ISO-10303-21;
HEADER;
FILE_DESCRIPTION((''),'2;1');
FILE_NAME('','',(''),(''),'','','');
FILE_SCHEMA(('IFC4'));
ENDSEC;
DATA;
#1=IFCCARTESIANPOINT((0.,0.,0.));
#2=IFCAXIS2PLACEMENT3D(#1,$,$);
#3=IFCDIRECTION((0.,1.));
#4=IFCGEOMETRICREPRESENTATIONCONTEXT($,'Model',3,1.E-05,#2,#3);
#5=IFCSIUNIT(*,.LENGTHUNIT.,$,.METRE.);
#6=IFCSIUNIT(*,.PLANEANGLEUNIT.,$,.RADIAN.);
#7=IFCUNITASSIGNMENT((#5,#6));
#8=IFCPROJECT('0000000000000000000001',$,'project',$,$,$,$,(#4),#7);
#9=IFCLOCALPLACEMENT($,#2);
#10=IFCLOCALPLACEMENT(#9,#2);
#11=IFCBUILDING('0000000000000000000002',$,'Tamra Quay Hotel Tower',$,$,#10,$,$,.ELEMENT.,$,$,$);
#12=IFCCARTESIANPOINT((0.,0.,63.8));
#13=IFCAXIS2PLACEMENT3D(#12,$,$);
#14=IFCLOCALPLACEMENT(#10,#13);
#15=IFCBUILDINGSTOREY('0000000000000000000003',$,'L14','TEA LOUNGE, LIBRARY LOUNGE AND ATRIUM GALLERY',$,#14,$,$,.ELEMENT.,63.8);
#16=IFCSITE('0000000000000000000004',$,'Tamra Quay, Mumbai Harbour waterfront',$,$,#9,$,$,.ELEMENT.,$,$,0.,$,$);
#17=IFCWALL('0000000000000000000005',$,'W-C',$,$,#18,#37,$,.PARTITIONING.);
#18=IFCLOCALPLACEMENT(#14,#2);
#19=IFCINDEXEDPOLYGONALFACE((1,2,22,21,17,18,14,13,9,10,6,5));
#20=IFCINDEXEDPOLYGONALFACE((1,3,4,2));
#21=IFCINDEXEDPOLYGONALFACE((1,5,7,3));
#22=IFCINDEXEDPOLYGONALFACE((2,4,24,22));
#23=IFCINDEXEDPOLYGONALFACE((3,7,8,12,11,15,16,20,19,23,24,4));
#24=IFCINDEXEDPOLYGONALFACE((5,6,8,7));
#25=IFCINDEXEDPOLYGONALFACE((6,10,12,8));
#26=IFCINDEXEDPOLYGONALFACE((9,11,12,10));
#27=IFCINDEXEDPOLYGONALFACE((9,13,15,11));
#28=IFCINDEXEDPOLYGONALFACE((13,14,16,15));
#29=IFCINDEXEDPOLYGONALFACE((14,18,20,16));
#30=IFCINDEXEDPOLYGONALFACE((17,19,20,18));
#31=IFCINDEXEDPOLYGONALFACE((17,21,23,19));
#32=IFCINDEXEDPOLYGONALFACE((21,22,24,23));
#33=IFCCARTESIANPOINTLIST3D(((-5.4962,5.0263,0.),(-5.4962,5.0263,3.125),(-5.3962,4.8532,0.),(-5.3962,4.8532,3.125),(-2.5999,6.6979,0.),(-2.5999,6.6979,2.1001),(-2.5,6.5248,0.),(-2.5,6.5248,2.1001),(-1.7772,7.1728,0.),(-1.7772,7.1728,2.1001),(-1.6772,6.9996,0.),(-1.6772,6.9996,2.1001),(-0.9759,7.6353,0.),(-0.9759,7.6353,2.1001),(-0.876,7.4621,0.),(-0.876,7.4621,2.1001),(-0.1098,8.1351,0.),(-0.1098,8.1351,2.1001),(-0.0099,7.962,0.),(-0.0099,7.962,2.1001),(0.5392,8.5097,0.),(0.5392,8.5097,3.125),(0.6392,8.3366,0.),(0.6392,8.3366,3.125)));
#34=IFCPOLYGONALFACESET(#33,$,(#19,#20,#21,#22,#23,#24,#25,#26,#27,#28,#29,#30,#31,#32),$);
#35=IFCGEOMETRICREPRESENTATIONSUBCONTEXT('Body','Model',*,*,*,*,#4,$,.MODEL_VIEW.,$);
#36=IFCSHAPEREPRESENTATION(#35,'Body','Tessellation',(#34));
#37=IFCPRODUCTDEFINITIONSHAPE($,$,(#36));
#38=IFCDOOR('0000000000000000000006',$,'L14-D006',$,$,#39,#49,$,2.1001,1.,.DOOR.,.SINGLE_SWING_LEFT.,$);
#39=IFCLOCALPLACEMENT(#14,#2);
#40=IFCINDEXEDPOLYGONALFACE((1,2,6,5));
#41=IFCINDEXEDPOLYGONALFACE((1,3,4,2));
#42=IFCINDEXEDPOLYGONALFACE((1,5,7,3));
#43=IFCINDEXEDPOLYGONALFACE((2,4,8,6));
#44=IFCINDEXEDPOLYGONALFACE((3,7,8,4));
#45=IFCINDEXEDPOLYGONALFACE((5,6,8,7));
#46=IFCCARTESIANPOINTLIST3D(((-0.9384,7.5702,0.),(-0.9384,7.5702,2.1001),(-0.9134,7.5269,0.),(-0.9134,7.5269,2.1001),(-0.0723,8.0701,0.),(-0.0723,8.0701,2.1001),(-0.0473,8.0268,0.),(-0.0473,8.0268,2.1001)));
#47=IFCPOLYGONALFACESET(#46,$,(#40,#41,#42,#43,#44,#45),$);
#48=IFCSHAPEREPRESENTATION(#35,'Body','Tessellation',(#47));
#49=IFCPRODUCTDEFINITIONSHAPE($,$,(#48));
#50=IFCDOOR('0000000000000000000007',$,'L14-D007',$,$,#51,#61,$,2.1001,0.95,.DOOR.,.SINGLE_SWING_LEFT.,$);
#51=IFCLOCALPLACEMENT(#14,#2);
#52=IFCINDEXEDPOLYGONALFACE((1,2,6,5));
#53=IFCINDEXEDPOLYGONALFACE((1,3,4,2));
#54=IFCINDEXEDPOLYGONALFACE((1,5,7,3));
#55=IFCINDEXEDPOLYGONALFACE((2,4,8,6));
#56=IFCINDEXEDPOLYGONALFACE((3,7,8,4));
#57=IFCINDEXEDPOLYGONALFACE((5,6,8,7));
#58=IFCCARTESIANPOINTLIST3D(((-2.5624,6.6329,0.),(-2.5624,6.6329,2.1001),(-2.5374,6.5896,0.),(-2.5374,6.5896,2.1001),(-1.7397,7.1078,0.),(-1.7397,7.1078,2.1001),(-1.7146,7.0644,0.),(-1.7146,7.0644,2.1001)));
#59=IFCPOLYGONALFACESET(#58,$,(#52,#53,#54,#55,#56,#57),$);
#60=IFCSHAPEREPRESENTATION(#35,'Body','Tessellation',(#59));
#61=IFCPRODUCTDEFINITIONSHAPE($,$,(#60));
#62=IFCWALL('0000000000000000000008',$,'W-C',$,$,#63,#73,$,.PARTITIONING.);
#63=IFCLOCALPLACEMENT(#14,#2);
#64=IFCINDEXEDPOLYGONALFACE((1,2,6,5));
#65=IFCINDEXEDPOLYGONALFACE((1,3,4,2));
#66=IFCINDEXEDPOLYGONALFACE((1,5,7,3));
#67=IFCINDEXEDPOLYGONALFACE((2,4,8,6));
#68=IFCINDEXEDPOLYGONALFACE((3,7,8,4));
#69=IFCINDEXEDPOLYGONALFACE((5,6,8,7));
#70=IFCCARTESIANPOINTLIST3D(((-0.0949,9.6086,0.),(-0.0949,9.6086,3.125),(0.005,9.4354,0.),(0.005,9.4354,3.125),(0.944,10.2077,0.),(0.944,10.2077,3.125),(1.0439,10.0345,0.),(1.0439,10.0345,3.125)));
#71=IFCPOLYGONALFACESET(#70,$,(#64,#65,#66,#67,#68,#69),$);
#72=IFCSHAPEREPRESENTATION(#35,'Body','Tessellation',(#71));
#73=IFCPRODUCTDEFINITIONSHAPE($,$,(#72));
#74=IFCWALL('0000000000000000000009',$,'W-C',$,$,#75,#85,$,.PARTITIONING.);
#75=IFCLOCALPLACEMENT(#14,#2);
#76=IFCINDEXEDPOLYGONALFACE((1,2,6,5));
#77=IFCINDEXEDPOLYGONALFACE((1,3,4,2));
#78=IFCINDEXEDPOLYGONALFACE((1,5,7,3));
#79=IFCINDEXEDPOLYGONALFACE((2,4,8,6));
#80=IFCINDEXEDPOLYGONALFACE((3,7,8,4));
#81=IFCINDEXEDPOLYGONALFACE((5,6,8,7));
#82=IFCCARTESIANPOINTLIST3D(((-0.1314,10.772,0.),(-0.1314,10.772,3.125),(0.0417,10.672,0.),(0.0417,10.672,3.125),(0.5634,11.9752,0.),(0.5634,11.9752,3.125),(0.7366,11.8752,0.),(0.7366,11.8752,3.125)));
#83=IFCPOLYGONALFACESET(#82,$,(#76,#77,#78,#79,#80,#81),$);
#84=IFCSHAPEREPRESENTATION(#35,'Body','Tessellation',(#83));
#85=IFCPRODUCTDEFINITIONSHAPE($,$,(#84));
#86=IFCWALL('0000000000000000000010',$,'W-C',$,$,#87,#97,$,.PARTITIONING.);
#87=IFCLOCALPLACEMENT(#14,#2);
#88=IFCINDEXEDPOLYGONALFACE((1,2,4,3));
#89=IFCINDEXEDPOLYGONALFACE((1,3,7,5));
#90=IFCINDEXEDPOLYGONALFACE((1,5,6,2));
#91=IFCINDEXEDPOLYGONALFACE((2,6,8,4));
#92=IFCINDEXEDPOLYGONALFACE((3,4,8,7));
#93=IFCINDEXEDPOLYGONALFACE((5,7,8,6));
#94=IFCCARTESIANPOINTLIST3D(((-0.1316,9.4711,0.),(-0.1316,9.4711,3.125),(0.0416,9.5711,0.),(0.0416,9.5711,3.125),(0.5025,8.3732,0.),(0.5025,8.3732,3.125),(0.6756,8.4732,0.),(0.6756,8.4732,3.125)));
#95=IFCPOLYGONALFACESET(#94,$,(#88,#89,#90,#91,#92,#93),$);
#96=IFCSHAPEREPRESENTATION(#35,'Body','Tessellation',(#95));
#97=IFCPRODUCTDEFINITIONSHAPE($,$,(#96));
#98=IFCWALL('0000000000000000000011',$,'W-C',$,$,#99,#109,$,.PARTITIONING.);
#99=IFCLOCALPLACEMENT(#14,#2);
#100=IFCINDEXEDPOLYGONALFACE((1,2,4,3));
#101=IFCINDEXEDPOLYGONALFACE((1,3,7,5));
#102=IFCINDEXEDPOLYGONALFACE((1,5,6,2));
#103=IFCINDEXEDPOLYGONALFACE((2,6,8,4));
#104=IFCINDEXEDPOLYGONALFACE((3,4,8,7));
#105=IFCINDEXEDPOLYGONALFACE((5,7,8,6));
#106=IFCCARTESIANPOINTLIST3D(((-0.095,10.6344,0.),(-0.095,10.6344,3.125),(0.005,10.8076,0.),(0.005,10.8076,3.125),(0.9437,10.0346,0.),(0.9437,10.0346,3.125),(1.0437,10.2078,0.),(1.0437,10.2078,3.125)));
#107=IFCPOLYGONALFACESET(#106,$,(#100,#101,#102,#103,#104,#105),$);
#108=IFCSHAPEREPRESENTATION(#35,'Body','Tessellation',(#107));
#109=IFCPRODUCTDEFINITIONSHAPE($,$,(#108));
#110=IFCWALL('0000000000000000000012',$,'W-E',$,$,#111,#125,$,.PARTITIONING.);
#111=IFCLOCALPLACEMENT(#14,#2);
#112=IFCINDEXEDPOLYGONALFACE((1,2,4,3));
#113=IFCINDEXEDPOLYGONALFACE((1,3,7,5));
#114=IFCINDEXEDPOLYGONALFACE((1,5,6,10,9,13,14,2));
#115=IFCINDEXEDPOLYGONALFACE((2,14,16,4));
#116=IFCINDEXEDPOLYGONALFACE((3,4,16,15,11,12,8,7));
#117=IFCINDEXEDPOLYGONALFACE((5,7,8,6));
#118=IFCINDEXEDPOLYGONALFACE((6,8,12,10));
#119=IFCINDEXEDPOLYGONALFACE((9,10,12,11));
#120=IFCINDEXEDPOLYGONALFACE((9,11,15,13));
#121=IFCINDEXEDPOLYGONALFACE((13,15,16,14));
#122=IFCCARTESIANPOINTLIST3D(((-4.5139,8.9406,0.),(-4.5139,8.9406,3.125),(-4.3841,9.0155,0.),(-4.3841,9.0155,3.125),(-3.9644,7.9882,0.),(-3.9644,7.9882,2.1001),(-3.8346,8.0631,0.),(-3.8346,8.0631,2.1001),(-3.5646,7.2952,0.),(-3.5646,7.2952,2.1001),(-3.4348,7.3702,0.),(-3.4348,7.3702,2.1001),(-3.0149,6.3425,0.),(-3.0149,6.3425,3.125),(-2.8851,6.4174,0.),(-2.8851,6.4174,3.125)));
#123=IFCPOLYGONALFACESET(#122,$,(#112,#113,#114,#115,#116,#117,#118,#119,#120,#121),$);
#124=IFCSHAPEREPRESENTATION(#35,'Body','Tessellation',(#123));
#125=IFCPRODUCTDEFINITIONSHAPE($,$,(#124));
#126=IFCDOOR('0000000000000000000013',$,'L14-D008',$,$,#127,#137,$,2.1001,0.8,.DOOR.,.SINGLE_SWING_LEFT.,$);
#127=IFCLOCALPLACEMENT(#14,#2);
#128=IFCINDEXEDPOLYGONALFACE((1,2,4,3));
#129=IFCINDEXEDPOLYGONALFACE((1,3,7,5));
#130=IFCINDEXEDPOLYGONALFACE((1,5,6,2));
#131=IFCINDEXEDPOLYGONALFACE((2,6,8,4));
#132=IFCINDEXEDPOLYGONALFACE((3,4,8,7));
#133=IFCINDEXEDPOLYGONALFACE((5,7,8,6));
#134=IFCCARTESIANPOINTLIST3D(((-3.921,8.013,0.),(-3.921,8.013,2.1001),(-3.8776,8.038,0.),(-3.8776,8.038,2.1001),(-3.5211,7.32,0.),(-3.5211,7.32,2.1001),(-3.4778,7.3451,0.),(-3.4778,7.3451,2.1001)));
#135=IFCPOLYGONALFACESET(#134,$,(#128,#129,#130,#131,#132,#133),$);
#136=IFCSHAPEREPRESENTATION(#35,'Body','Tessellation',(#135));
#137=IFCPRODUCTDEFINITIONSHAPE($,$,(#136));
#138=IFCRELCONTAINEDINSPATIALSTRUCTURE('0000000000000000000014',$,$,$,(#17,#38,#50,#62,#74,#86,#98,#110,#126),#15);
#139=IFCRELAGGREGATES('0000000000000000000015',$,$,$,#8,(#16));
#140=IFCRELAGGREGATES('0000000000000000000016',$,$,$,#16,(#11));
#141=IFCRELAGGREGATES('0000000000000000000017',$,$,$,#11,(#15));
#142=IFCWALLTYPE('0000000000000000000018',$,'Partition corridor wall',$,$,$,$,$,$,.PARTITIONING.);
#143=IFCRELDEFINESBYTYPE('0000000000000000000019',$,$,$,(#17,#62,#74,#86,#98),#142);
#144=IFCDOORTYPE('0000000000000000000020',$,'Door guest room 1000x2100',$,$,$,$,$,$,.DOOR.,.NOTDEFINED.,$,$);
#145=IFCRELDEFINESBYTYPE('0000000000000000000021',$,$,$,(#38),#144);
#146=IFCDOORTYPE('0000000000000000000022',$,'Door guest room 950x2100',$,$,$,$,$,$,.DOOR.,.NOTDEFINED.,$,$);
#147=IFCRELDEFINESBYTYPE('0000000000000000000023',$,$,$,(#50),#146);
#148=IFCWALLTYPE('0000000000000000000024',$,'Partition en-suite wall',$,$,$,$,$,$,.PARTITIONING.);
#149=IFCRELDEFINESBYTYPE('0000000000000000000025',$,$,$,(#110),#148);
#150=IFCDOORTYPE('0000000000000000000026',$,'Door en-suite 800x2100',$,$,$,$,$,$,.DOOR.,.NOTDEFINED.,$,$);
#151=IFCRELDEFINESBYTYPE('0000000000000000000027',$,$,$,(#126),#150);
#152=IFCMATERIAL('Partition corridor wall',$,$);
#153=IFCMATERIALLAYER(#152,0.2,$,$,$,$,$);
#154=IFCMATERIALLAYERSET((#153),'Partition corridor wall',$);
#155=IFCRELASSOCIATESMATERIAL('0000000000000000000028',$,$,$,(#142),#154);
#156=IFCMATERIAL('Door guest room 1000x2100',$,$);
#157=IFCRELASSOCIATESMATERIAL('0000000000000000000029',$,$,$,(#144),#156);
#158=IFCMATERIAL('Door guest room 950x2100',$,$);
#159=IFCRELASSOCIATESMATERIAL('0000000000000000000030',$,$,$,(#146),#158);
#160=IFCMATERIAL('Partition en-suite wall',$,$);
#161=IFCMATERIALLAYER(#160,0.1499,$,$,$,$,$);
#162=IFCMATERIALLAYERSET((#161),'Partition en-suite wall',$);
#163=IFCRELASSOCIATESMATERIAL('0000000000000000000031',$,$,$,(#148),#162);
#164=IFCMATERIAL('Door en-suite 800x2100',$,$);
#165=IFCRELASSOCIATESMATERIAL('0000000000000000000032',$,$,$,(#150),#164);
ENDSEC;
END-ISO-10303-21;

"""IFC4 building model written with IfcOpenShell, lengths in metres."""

from ifc_helpers import new_model, si_unit, direction, frame, frame_2d, origin, place, context, subcontext, project, spatial, rectangle, extrude, material, layer, layer_set, type_object, element, fill, save


model = new_model("IFC4")

# Units and contexts
model_context = context("Model", 3, precision=1e-05, world=origin(), true_north=direction((0.0, 1.0)))
body_context = subcontext(model_context, "Body", "Model", "MODEL_VIEW")
ifc_project = project(units=[si_unit("LENGTHUNIT", "METRE"), si_unit("PLANEANGLEUNIT", "RADIAN")], contexts=[model_context])

# Site, building, storey
site_placement = place(None, origin())
site = spatial("IfcSite", under=ifc_project, at=site_placement, Name="Tamra Quay, Mumbai Harbour waterfront", CompositionType="ELEMENT", RefElevation=0.0)
building_placement = place(site_placement, origin())
building = spatial("IfcBuilding", under=site, at=building_placement, Name="Tamra Quay Hotel Tower", CompositionType="ELEMENT")
storey_placement = place(building_placement, frame((0.0, 0.0, 63.8)))
storey = spatial("IfcBuildingStorey", under=building, at=storey_placement, Name="L14", Description="TEA LOUNGE, LIBRARY LOUNGE AND ATRIUM GALLERY", CompositionType="ELEMENT", Elevation=63.8)

# Wall, openings, doors
ifc_material_1 = material(Name="Partition corridor wall")
ifc_layer_1 = layer(ifc_material_1, 0.2)
ifc_layer_set_1 = layer_set([ifc_layer_1], Name="Partition corridor wall")
wall_type_1 = type_object("IfcWallType", Name="Partition corridor wall", PredefinedType="PARTITIONING", material=ifc_layer_set_1)
wall_1_placement = place(storey_placement, frame((-5.4463, 4.9397, 0.0), z_axis=(0.0, 0.0, 1.0), x_axis=(0.866096, 0.499877, 0.0)))
wall_1 = element("IfcWall", 1, at=wall_1_placement, inside=storey, type_object=wall_type_1, Name="W-C", PredefinedType="PARTITIONING", context=body_context, shape_type="SweptSolid", body=[
    extrude(rectangle(XDim=6.9685, YDim=0.2, at=frame_2d((3.4844, 0.0))), origin(), (0.0, 0.0, 1.0), 3.125),
])
opening_1_placement = place(wall_1_placement, frame((5.2192, 0.0, 0.0)))
opening_1 = element("IfcOpeningElement", 2, at=opening_1_placement, cuts=wall_1, PredefinedType="OPENING", context=body_context, shape_type="SweptSolid", body=[
    extrude(rectangle(XDim=1.0, YDim=2.1001, at=frame_2d((0.5, 1.05))), frame((0.0, 0.1099, 0.0), z_axis=(0.0, -1.0, 0.0), x_axis=(1.0, 0.0, 0.0)), (0.0, 0.0, 1.0), 0.22),
])
opening_2_placement = place(wall_1_placement, frame((3.344, 0.0, 0.0)))
opening_2 = element("IfcOpeningElement", 3, at=opening_2_placement, cuts=wall_1, PredefinedType="OPENING", context=body_context, shape_type="SweptSolid", body=[
    extrude(rectangle(XDim=0.95, YDim=2.1001, at=frame_2d((0.4751, 1.05))), frame((0.0, 0.1099, 0.0), z_axis=(0.0, -1.0, 0.0), x_axis=(1.0, 0.0, 0.0)), (0.0, 0.0, 1.0), 0.22),
])
ifc_material_2 = material(Name="Door guest room 1000x2100")
door_type_1 = type_object("IfcDoorType", Name="Door guest room 1000x2100", OperationType="NOTDEFINED", PredefinedType="DOOR", material=ifc_material_2)
door_1_placement = place(opening_1_placement, origin())
door_1 = element("IfcDoor", 4, at=door_1_placement, inside=storey, type_object=door_type_1, Name="L14-D006", OperationType="SINGLE_SWING_LEFT", OverallHeight=2.1001, OverallWidth=1.0, PredefinedType="DOOR", context=body_context, shape_type="SweptSolid", body=[
    extrude(rectangle(XDim=1.0, YDim=2.1001, at=frame_2d((0.5, 1.05))), frame((0.0, 0.0249, 0.0), z_axis=(0.0, -1.0, 0.0), x_axis=(1.0, 0.0, 0.0)), (0.0, 0.0, 1.0), 0.05),
])
fill(opening_1, door_1)
ifc_material_3 = material(Name="Door guest room 950x2100")
door_type_2 = type_object("IfcDoorType", Name="Door guest room 950x2100", OperationType="NOTDEFINED", PredefinedType="DOOR", material=ifc_material_3)
door_2_placement = place(opening_2_placement, origin())
door_2 = element("IfcDoor", 5, at=door_2_placement, inside=storey, type_object=door_type_2, Name="L14-D007", OperationType="SINGLE_SWING_LEFT", OverallHeight=2.1001, OverallWidth=0.95, PredefinedType="DOOR", context=body_context, shape_type="SweptSolid", body=[
    extrude(rectangle(XDim=0.95, YDim=2.1001, at=frame_2d((0.4751, 1.05))), frame((0.0, 0.0249, 0.0), z_axis=(0.0, -1.0, 0.0), x_axis=(1.0, 0.0, 0.0)), (0.0, 0.0, 1.0), 0.05),
])
fill(opening_2, door_2)

# Walls
wall_2_placement = place(storey_placement, frame((-0.0449, 9.522, 0.0), z_axis=(0.0, 0.0, 1.0), x_axis=(0.866257, 0.499599, 0.0)))
element("IfcWall", 6, at=wall_2_placement, inside=storey, type_object=wall_type_1, Name="W-C", PredefinedType="PARTITIONING", context=body_context, shape_type="SweptSolid", body=[
    extrude(rectangle(XDim=1.1992, YDim=0.2, at=frame_2d((0.5996, 0.0))), origin(), (0.0, 0.0, 1.0), 3.125),
])
wall_3_placement = place(storey_placement, frame((-0.0449, 10.7219, 0.0), z_axis=(0.0, 0.0, 1.0), x_axis=(0.500108, 0.865963, 0.0)))
element("IfcWall", 7, at=wall_3_placement, inside=storey, type_object=wall_type_1, Name="W-C", PredefinedType="PARTITIONING", context=body_context, shape_type="SweptSolid", body=[
    extrude(rectangle(XDim=1.3894, YDim=0.2, at=frame_2d((0.6948, 0.0))), origin(), (0.0, 0.0, 1.0), 3.125),
])
wall_4_placement = place(storey_placement, frame((-0.0449, 9.521, 0.0), z_axis=(0.0, 0.0, 1.0), x_axis=(0.500095, -0.865971, 0.0)))
element("IfcWall", 8, at=wall_4_placement, inside=storey, type_object=wall_type_1, Name="W-C", PredefinedType="PARTITIONING", context=body_context, shape_type="SweptSolid", body=[
    extrude(rectangle(XDim=1.2678, YDim=0.2, at=frame_2d((0.6338, 0.0))), origin(), (0.0, 0.0, 1.0), 3.125),
])
wall_5_placement = place(storey_placement, frame((-0.0449, 10.7209, 0.0), z_axis=(0.0, 0.0, 1.0), x_axis=(0.865992, -0.500057, 0.0)))
element("IfcWall", 9, at=wall_5_placement, inside=storey, type_object=wall_type_1, Name="W-C", PredefinedType="PARTITIONING", context=body_context, shape_type="SweptSolid", body=[
    extrude(rectangle(XDim=1.1995, YDim=0.2, at=frame_2d((0.5996, 0.0))), origin(), (0.0, 0.0, 1.0), 3.125),
])

# Wall, opening, door
ifc_material_4 = material(Name="Partition en-suite wall")
ifc_layer_2 = layer(ifc_material_4, 0.1499)
ifc_layer_set_2 = layer_set([ifc_layer_2], Name="Partition en-suite wall")
wall_type_2 = type_object("IfcWallType", Name="Partition en-suite wall", PredefinedType="PARTITIONING", material=ifc_layer_set_2)
wall_6_placement = place(storey_placement, frame((-4.449, 8.978, 0.0), z_axis=(0.0, 0.0, 1.0), x_axis=(0.499746, -0.866172, 0.0)))
wall_6 = element("IfcWall", 10, at=wall_6_placement, inside=storey, type_object=wall_type_2, Name="W-E", PredefinedType="PARTITIONING", context=body_context, shape_type="SweptSolid", body=[
    extrude(rectangle(XDim=2.9995, YDim=0.1499, at=frame_2d((1.4998, 0.0))), origin(), (0.0, 0.0, 1.0), 3.125),
])
opening_3_placement = place(wall_6_placement, frame((1.0996, 0.0, 0.0)))
opening_3 = element("IfcOpeningElement", 11, at=opening_3_placement, cuts=wall_6, PredefinedType="OPENING", context=body_context, shape_type="SweptSolid", body=[
    extrude(rectangle(XDim=0.8, YDim=2.1001, at=frame_2d((0.3999, 1.05))), frame((0.0, 0.085, 0.0), z_axis=(0.0, -1.0, 0.0), x_axis=(1.0, 0.0, 0.0)), (0.0, 0.0, 1.0), 0.1699),
])
ifc_material_5 = material(Name="Door en-suite 800x2100")
door_type_3 = type_object("IfcDoorType", Name="Door en-suite 800x2100", OperationType="NOTDEFINED", PredefinedType="DOOR", material=ifc_material_5)
door_3_placement = place(opening_3_placement, frame((0.8, 0.0, 0.0), z_axis=(0.0, 0.0, 1.0), x_axis=(-1.0, 0.0, 0.0)))
door_3 = element("IfcDoor", 12, at=door_3_placement, inside=storey, type_object=door_type_3, Name="L14-D008", OperationType="SINGLE_SWING_LEFT", OverallHeight=2.1001, OverallWidth=0.8, PredefinedType="DOOR", context=body_context, shape_type="SweptSolid", body=[
    extrude(rectangle(XDim=0.8, YDim=2.1001, at=frame_2d((0.3999, 1.05))), frame((0.0, 0.0249, 0.0), z_axis=(0.0, -1.0, 0.0), x_axis=(1.0, 0.0, 0.0)), (0.0, 0.0, 1.0), 0.05),
])
fill(opening_3, door_3)

save(model, "model.ifc")
